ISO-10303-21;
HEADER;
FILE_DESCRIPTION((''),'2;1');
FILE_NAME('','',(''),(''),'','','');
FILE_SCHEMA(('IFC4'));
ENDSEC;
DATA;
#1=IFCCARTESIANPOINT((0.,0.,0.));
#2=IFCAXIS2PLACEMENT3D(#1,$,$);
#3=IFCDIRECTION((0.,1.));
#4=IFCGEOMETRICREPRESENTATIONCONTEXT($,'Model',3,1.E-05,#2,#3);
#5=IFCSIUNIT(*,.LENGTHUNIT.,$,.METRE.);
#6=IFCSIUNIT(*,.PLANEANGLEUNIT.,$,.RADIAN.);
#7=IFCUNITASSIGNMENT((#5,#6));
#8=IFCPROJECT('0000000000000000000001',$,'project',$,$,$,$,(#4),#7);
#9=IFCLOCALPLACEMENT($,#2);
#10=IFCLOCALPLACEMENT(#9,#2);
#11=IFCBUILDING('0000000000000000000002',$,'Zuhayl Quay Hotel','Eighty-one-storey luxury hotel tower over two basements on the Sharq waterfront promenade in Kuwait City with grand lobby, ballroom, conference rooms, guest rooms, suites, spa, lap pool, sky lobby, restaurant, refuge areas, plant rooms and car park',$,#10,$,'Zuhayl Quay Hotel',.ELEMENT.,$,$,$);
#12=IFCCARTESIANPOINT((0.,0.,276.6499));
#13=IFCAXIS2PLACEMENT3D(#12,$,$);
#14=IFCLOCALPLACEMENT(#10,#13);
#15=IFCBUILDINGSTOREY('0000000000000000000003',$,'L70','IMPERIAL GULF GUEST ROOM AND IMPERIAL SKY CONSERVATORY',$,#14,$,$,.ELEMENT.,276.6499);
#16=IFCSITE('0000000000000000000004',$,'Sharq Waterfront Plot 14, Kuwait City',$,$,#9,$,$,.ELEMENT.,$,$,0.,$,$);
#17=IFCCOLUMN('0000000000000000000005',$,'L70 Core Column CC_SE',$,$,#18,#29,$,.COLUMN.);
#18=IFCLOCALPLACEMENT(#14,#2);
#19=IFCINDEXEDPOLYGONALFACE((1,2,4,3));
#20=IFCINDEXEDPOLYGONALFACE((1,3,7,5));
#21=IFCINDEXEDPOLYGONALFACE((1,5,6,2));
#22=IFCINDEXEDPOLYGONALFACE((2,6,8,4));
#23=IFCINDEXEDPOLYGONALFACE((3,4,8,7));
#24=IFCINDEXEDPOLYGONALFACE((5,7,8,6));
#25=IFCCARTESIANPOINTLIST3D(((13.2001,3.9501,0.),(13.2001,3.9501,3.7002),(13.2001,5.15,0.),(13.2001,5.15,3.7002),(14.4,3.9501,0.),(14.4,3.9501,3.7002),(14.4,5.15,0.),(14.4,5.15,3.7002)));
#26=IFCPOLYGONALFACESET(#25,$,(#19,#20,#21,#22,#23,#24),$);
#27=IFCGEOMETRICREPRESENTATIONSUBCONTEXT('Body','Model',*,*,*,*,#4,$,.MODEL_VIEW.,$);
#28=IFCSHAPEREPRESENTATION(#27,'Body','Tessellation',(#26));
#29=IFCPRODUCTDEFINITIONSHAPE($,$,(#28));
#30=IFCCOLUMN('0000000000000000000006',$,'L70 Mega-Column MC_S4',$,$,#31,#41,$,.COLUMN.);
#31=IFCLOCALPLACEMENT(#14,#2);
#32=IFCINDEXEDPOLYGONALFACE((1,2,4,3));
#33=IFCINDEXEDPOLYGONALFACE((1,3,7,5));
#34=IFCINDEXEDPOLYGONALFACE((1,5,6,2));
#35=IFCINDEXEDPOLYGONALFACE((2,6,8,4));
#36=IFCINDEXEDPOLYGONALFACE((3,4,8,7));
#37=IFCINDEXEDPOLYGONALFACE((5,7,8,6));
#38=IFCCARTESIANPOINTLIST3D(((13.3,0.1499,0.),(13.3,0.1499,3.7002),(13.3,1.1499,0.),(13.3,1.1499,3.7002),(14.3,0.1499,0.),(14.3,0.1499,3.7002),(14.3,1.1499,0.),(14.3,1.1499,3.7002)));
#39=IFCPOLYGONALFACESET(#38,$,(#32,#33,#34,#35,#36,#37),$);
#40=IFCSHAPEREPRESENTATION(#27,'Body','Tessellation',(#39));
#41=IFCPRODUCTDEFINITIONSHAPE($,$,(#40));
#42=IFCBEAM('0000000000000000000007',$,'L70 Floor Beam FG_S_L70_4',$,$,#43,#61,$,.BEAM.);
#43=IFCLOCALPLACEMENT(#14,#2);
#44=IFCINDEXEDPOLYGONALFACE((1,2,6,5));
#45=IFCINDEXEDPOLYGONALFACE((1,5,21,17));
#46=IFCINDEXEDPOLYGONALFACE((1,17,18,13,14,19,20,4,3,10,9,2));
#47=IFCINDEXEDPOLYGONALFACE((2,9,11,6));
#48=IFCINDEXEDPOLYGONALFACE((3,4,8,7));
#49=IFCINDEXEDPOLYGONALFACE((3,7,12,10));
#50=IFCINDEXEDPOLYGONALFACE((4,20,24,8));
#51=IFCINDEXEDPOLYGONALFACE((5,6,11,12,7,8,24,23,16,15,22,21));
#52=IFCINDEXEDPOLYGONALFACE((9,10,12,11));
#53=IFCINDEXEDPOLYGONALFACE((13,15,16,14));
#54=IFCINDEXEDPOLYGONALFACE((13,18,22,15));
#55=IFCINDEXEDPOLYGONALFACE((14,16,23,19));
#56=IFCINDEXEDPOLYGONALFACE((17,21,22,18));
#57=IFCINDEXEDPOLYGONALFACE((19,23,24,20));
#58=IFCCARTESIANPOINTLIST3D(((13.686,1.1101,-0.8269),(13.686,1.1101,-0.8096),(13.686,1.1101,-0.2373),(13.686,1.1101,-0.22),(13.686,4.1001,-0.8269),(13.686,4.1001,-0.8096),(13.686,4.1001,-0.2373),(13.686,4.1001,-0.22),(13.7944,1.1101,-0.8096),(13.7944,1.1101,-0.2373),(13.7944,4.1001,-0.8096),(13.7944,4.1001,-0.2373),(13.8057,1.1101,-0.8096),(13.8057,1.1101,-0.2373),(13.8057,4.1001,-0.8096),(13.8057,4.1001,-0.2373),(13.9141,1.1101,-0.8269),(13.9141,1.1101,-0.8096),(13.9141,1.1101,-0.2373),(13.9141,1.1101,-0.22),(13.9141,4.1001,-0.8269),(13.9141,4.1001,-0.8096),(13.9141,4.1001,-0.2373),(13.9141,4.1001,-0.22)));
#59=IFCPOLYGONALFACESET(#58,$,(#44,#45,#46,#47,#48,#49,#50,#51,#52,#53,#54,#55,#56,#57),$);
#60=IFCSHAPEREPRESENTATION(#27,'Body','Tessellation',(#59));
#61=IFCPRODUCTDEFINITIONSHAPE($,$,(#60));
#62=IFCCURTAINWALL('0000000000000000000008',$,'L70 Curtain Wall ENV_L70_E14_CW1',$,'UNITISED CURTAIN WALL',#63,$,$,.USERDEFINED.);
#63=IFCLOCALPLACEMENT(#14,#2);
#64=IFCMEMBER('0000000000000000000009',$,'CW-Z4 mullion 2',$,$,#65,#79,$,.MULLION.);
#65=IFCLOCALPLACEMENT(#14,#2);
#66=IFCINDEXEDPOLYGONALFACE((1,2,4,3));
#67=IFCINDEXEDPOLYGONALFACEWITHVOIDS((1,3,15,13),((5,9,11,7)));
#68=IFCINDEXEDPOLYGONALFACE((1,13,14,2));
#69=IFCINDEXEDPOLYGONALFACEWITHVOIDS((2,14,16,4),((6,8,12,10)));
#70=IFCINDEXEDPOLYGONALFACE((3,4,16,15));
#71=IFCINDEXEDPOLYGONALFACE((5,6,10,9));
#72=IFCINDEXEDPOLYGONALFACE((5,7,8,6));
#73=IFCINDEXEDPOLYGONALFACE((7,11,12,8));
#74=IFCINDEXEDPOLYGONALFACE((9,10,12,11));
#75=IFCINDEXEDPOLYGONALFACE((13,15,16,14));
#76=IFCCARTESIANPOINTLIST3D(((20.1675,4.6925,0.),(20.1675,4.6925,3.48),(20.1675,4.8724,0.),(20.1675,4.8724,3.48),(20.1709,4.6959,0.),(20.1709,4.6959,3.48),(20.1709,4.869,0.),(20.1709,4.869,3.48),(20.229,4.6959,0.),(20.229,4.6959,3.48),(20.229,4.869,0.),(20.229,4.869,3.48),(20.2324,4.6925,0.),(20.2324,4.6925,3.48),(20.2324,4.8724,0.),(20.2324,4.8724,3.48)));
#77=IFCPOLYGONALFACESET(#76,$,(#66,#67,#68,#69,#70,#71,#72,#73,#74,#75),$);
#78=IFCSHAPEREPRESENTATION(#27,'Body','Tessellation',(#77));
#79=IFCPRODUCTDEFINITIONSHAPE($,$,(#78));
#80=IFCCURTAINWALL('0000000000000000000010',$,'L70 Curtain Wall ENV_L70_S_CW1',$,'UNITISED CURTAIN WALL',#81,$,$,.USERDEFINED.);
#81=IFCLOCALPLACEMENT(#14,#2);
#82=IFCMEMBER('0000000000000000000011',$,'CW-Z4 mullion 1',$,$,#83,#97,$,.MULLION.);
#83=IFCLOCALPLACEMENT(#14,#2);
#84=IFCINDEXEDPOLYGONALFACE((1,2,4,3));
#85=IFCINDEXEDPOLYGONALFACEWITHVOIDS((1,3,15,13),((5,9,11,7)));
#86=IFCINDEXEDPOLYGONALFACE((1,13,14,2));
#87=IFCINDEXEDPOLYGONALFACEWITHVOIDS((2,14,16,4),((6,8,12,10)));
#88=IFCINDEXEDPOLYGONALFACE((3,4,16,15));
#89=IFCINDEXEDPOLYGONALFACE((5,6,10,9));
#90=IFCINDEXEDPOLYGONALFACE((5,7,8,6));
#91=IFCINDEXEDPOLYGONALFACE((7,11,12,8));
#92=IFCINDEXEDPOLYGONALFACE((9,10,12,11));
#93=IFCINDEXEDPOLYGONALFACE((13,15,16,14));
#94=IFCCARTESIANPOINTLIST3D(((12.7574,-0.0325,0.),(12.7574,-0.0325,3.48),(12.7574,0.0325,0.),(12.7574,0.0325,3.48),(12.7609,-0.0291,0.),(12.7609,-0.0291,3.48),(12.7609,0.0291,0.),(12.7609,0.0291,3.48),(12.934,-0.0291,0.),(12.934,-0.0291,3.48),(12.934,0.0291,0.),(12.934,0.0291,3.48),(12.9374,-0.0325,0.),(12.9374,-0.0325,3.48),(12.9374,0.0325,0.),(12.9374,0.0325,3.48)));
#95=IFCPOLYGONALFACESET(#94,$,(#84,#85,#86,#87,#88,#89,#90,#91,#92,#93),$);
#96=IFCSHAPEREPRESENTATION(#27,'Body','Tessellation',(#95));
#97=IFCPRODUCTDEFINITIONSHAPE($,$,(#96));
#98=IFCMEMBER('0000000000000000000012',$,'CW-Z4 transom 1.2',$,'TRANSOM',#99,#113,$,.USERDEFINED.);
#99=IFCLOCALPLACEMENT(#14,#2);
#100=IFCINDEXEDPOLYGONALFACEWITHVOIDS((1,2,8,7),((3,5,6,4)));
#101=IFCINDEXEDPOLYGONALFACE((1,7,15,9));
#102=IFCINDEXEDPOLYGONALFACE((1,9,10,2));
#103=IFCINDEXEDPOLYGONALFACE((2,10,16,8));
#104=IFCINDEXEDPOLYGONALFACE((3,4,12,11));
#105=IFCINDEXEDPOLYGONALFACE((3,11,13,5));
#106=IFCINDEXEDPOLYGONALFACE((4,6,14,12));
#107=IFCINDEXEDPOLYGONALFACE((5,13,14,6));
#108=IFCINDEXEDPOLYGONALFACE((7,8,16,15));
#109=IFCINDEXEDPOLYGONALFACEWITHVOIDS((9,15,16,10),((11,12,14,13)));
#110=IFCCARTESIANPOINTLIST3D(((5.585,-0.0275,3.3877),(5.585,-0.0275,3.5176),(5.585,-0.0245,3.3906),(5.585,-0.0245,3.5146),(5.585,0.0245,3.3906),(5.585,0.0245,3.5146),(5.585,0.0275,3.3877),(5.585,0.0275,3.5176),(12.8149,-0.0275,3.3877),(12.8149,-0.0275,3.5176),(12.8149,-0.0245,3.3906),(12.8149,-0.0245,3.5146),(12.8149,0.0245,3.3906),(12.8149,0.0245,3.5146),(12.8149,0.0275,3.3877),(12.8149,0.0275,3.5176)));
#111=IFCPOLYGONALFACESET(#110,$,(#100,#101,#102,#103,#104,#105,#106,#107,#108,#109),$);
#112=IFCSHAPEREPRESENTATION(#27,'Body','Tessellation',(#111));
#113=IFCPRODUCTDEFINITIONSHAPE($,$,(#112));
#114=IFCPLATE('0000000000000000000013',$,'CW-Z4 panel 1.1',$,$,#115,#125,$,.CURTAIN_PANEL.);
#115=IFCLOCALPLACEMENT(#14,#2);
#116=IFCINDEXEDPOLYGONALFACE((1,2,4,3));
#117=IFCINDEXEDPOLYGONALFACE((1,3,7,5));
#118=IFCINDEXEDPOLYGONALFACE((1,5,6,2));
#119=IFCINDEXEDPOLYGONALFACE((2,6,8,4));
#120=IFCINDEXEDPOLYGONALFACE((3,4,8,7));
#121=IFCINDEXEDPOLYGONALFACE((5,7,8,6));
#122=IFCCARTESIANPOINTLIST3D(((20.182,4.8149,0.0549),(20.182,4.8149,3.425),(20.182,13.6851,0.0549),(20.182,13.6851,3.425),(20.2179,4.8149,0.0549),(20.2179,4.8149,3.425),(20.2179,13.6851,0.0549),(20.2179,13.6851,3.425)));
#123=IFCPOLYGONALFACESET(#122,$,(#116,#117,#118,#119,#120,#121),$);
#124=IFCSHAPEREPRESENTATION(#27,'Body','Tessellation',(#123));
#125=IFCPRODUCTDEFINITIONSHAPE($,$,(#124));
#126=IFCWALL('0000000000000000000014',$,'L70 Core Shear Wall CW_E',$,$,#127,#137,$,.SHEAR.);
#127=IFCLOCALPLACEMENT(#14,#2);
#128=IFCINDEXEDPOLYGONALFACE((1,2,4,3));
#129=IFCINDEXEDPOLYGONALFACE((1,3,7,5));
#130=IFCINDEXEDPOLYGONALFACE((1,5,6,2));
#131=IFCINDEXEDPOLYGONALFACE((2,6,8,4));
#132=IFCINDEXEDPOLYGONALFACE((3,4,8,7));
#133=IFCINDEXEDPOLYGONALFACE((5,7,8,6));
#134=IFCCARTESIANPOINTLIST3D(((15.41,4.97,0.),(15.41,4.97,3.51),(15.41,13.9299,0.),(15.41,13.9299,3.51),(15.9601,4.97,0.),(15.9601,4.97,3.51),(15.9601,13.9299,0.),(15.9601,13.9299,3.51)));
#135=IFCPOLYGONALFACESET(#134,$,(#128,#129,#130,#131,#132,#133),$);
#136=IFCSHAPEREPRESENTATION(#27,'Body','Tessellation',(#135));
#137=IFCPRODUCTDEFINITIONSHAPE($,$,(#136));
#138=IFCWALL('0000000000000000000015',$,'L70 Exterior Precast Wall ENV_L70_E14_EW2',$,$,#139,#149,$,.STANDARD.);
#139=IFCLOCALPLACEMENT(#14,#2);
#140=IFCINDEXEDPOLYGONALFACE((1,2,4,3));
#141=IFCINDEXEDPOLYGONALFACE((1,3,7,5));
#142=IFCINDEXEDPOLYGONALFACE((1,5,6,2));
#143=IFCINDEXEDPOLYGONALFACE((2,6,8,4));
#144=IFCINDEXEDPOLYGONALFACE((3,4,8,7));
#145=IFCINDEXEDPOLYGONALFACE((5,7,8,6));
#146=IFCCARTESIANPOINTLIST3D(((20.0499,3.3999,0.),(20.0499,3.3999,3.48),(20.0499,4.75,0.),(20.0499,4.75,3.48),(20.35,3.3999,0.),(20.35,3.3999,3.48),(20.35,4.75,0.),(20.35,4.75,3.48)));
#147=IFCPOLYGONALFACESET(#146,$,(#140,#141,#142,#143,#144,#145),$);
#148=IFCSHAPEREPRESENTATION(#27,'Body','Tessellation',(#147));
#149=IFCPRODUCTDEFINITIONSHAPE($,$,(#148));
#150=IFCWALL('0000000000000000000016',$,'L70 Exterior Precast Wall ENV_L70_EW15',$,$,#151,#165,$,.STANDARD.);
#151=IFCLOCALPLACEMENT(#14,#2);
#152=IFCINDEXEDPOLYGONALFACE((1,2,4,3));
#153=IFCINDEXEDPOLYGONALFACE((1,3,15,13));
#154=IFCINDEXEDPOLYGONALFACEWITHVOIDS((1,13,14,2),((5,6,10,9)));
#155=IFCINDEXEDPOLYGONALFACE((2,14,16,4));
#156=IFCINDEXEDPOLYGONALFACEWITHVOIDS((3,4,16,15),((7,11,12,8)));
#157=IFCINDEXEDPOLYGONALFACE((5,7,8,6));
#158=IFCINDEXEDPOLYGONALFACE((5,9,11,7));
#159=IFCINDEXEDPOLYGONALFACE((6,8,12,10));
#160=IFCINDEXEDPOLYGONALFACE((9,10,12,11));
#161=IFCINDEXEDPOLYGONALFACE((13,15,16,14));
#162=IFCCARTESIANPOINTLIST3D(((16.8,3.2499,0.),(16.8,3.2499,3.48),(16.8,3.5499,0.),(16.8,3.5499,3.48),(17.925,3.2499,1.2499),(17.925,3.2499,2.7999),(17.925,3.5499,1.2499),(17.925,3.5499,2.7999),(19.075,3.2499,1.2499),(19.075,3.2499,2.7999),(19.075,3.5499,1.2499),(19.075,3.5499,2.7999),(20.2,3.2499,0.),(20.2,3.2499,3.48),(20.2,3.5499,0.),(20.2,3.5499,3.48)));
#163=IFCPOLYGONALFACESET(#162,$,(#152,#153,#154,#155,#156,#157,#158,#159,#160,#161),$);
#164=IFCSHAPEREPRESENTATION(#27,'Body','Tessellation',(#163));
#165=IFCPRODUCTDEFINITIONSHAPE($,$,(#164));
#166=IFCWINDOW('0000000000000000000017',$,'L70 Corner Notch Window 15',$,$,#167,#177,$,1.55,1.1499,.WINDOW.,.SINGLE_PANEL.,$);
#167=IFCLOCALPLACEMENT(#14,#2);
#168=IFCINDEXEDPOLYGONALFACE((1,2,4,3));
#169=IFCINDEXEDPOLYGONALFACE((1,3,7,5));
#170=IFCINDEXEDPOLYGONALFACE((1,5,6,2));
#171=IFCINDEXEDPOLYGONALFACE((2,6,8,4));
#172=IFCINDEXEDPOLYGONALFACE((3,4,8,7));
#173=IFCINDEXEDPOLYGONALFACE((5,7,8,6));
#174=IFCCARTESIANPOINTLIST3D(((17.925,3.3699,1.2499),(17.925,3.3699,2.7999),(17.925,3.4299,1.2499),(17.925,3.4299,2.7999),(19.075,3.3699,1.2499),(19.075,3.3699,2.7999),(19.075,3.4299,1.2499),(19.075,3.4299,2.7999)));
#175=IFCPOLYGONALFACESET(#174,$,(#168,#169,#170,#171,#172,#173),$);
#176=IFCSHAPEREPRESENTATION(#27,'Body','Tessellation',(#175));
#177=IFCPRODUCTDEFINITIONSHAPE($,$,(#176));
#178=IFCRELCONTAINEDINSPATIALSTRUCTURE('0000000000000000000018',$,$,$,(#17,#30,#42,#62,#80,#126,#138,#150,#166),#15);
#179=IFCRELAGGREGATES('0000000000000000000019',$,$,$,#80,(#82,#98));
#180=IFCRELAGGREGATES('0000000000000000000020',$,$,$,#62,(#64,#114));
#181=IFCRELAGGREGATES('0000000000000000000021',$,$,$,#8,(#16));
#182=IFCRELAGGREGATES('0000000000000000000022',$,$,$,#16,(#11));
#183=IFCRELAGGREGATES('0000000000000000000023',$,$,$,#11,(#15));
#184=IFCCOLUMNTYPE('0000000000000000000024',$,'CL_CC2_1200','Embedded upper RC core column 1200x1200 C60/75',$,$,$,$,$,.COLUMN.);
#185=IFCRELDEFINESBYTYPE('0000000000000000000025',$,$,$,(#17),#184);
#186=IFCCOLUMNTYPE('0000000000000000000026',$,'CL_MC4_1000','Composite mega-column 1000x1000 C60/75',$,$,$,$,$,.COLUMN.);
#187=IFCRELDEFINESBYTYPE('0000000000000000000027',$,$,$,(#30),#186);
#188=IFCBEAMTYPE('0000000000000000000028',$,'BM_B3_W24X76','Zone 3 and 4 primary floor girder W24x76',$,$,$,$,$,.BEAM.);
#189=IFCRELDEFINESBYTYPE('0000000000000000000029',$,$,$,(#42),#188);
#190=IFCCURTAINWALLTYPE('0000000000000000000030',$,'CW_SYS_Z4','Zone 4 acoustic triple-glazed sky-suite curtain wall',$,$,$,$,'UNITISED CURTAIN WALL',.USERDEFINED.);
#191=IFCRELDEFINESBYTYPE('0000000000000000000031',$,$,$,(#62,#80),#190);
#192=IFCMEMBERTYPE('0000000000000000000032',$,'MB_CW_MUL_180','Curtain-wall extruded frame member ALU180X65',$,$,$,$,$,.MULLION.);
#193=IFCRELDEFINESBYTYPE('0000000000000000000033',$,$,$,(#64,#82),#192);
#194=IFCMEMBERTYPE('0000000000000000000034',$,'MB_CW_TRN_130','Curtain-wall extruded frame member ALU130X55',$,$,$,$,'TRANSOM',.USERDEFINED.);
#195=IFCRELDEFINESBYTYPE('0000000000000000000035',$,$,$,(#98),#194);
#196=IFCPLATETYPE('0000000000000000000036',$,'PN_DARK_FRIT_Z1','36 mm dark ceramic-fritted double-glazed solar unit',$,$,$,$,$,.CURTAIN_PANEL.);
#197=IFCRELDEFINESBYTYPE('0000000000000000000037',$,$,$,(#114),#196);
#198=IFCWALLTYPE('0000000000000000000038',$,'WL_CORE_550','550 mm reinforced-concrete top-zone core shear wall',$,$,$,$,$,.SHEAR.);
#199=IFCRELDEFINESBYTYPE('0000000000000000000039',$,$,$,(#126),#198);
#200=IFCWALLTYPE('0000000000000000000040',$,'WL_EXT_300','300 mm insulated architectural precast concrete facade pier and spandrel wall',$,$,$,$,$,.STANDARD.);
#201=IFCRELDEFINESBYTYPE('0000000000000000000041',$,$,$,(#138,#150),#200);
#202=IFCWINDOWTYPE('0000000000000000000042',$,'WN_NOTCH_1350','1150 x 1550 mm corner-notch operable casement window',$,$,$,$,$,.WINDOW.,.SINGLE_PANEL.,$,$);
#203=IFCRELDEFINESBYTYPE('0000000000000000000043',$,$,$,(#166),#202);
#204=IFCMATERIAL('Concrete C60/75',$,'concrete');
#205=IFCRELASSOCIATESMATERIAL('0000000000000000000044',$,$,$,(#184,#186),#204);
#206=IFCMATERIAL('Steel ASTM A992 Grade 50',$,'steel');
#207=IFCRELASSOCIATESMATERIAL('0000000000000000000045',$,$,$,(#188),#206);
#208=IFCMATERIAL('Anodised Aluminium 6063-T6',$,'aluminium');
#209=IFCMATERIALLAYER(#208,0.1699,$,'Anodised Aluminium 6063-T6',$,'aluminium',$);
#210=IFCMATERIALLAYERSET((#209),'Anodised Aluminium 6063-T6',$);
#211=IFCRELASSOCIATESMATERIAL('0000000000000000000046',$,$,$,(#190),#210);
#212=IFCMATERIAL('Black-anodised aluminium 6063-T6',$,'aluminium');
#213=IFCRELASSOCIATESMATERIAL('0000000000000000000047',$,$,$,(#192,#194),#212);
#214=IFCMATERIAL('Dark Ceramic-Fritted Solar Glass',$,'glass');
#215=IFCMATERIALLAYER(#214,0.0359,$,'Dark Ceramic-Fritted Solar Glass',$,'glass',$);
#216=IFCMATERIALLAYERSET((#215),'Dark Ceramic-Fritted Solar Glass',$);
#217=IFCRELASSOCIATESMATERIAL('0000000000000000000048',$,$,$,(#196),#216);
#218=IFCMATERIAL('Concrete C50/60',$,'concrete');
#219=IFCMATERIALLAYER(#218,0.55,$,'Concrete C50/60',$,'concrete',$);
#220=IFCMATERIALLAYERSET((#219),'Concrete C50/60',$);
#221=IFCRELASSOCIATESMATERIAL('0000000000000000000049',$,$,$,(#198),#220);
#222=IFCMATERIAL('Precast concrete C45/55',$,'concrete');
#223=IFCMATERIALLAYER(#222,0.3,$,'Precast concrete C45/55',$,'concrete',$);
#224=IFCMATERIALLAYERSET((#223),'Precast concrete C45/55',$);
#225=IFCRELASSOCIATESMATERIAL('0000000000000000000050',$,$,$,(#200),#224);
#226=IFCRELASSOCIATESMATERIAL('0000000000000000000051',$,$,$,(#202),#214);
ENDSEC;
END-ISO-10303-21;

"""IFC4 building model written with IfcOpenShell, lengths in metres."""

from ifc_helpers import new_model, si_unit, direction, frame, frame_2d, origin, origin_2d, place, context, subcontext, project, spatial, rectangle, hollow_rectangle, i_section, extrude, material, layer, layer_set, material_profile, profile_set, type_object, element, fill, aggregate, save


model = new_model("IFC4")

# Units and contexts
model_context = context("Model", 3, precision=1e-05, world=origin(), true_north=direction((0.0, 1.0)))
body_context = subcontext(model_context, "Body", "Model", "MODEL_VIEW")
ifc_project = project(units=[si_unit("LENGTHUNIT", "METRE"), si_unit("PLANEANGLEUNIT", "RADIAN")], contexts=[model_context])

# Site, building, storey
site_placement = place(None, origin())
site = spatial("IfcSite", under=ifc_project, at=site_placement, Name="Sharq Waterfront Plot 14, Kuwait City", CompositionType="ELEMENT", RefElevation=0.0)
building_placement = place(site_placement, origin())
building = spatial("IfcBuilding", under=site, at=building_placement, Name="Zuhayl Quay Hotel", Description="Eighty-one-storey luxury hotel tower over two basements on the Sharq waterfront promenade in Kuwait City with grand lobby, ballroom, conference rooms, guest rooms, suites, spa, lap pool, sky lobby, restaurant, refuge areas, plant rooms and car park", LongName="Zuhayl Quay Hotel", CompositionType="ELEMENT")
storey_placement = place(building_placement, frame((0.0, 0.0, 276.6499)))
storey = spatial("IfcBuildingStorey", under=building, at=storey_placement, Name="L70", Description="IMPERIAL GULF GUEST ROOM AND IMPERIAL SKY CONSERVATORY", CompositionType="ELEMENT", Elevation=276.6499)

# Columns
ifc_material_1 = material(Name="Concrete C60/75", Category="concrete")
ifc_material_profile_1 = material_profile(ifc_material_1, rectangle(XDim=1.2, YDim=1.2, at=origin_2d()), Name="RC1200X1200")
ifc_profile_set_1 = profile_set([ifc_material_profile_1], Name="Concrete C60/75")
column_type_1 = type_object("IfcColumnType", Name="CL_CC2_1200", Description="Embedded upper RC core column 1200x1200 C60/75", PredefinedType="COLUMN", material=ifc_profile_set_1)
column_1_placement = place(storey_placement, frame((13.8, 4.55, 0.0), z_axis=(0.0, 0.0, 1.0), x_axis=(1.0, 0.0, 0.0)))
element("IfcColumn", 1, at=column_1_placement, inside=storey, type_object=column_type_1, Name="L70 Core Column CC_SE", PredefinedType="COLUMN", context=body_context, shape_type="SweptSolid", body=[
    extrude(rectangle(XDim=1.2, YDim=1.2, at=origin_2d()), origin(), (0.0, 0.0, 1.0), 3.7002),
])
ifc_material_profile_2 = material_profile(ifc_material_1, rectangle(XDim=1.0, YDim=1.0, at=origin_2d()), Name="RC1000X1000")
ifc_profile_set_2 = profile_set([ifc_material_profile_2], Name="Concrete C60/75")
column_type_2 = type_object("IfcColumnType", Name="CL_MC4_1000", Description="Composite mega-column 1000x1000 C60/75", PredefinedType="COLUMN", material=ifc_profile_set_2)
column_2_placement = place(storey_placement, frame((13.8, 0.6499, 0.0), z_axis=(0.0, 0.0, 1.0), x_axis=(1.0, 0.0, 0.0)))
element("IfcColumn", 2, at=column_2_placement, inside=storey, type_object=column_type_2, Name="L70 Mega-Column MC_S4", PredefinedType="COLUMN", context=body_context, shape_type="SweptSolid", body=[
    extrude(rectangle(XDim=1.0, YDim=1.0, at=origin_2d()), origin(), (0.0, 0.0, 1.0), 3.7002),
])

# Beam
ifc_material_2 = material(Name="Steel ASTM A992 Grade 50", Category="steel")
ifc_material_profile_3 = material_profile(ifc_material_2, i_section(OverallWidth=0.228, OverallDepth=0.6069, WebThickness=0.0112, FlangeThickness=0.0173, at=origin_2d()), Name="W24X76")
ifc_profile_set_3 = profile_set([ifc_material_profile_3], Name="Steel ASTM A992 Grade 50")
beam_type = type_object("IfcBeamType", Name="BM_B3_W24X76", Description="Zone 3 and 4 primary floor girder W24x76", PredefinedType="BEAM", material=ifc_profile_set_3)
beam_placement = place(storey_placement, frame((13.8, 1.1101, -0.5234), z_axis=(0.0, 1.0, 0.0), x_axis=(-1.0, 0.0, 0.0)))
element("IfcBeam", 3, at=beam_placement, inside=storey, type_object=beam_type, Name="L70 Floor Beam FG_S_L70_4", PredefinedType="BEAM", context=body_context, shape_type="SweptSolid", body=[
    extrude(i_section(OverallWidth=0.228, OverallDepth=0.6069, WebThickness=0.0112, FlangeThickness=0.0173, at=origin_2d()), origin(), (0.0, 0.0, 1.0), 2.99),
])

# Curtain wall, member
ifc_material_3 = material(Name="Anodised Aluminium 6063-T6", Category="aluminium")
ifc_layer_1 = layer(ifc_material_3, 0.1699, Name="Anodised Aluminium 6063-T6", Category="aluminium")
ifc_layer_set_1 = layer_set([ifc_layer_1], Name="Anodised Aluminium 6063-T6")
curtain_wall_type = type_object("IfcCurtainWallType", Name="CW_SYS_Z4", Description="Zone 4 acoustic triple-glazed sky-suite curtain wall", ElementType="UNITISED CURTAIN WALL", PredefinedType="USERDEFINED", material=ifc_layer_set_1)
curtain_wall_1_placement = place(storey_placement, origin())
curtain_wall_1 = element("IfcCurtainWall", 4, at=curtain_wall_1_placement, inside=storey, type_object=curtain_wall_type, Name="L70 Curtain Wall ENV_L70_E14_CW1", ObjectType="UNITISED CURTAIN WALL", PredefinedType="USERDEFINED")
ifc_material_4 = material(Name="Black-anodised aluminium 6063-T6", Category="aluminium")
ifc_material_profile_4 = material_profile(ifc_material_4, hollow_rectangle(XDim=0.0649, YDim=0.1799, WallThickness=0.0034, at=origin_2d()), Name="ALU180X65")
ifc_profile_set_4 = profile_set([ifc_material_profile_4], Name="Black-anodised aluminium 6063-T6")
member_type_1 = type_object("IfcMemberType", Name="MB_CW_MUL_180", Description="Curtain-wall extruded frame member ALU180X65", PredefinedType="MULLION", material=ifc_profile_set_4)
member_1_placement = place(storey_placement, frame((20.2, 4.7825, 0.0), z_axis=(0.0, 0.0, 1.0), x_axis=(1.0, 0.0, 0.0)))
member_1 = element("IfcMember", 5, at=member_1_placement, type_object=member_type_1, Name="CW-Z4 mullion 2", PredefinedType="MULLION", context=body_context, shape_type="SweptSolid", body=[
    extrude(hollow_rectangle(XDim=0.0649, YDim=0.1799, WallThickness=0.0034, at=origin_2d()), origin(), (0.0, 0.0, 1.0), 3.48),
])

# Curtain wall, members
curtain_wall_2_placement = place(storey_placement, origin())
curtain_wall_2 = element("IfcCurtainWall", 6, at=curtain_wall_2_placement, inside=storey, type_object=curtain_wall_type, Name="L70 Curtain Wall ENV_L70_S_CW1", ObjectType="UNITISED CURTAIN WALL", PredefinedType="USERDEFINED")
member_2_placement = place(storey_placement, frame((12.8474, 0.0, 0.0), z_axis=(0.0, 0.0, 1.0), x_axis=(0.0, -1.0, 0.0)))
member_2 = element("IfcMember", 7, at=member_2_placement, type_object=member_type_1, Name="CW-Z4 mullion 1", PredefinedType="MULLION", context=body_context, shape_type="SweptSolid", body=[
    extrude(hollow_rectangle(XDim=0.0649, YDim=0.1799, WallThickness=0.0034, at=origin_2d()), origin(), (0.0, 0.0, 1.0), 3.48),
])
ifc_material_profile_5 = material_profile(ifc_material_4, hollow_rectangle(XDim=0.0549, YDim=0.1299, WallThickness=0.0029, at=origin_2d()), Name="ALU130X55")
ifc_profile_set_5 = profile_set([ifc_material_profile_5], Name="Black-anodised aluminium 6063-T6")
member_type_2 = type_object("IfcMemberType", Name="MB_CW_TRN_130", Description="Curtain-wall extruded frame member ALU130X55", ElementType="TRANSOM", PredefinedType="USERDEFINED", material=ifc_profile_set_5)
member_3_placement = place(storey_placement, frame((12.8149, 0.0, 3.4526), z_axis=(-1.0, 0.0, 0.0), x_axis=(0.0, -1.0, 0.0)))
member_3 = element("IfcMember", 8, at=member_3_placement, type_object=member_type_2, Name="CW-Z4 transom 1.2", ObjectType="TRANSOM", PredefinedType="USERDEFINED", context=body_context, shape_type="SweptSolid", body=[
    extrude(hollow_rectangle(XDim=0.0549, YDim=0.1299, WallThickness=0.0029, at=origin_2d()), origin(), (0.0, 0.0, 1.0), 7.23),
])
aggregate(curtain_wall_2, [member_2, member_3])

# Plate
ifc_material_5 = material(Name="Dark Ceramic-Fritted Solar Glass", Category="glass")
ifc_layer_2 = layer(ifc_material_5, 0.0359, Name="Dark Ceramic-Fritted Solar Glass", Category="glass")
ifc_layer_set_2 = layer_set([ifc_layer_2], Name="Dark Ceramic-Fritted Solar Glass")
plate_type = type_object("IfcPlateType", Name="PN_DARK_FRIT_Z1", Description="36 mm dark ceramic-fritted double-glazed solar unit", PredefinedType="CURTAIN_PANEL", material=ifc_layer_set_2)
plate_placement = place(storey_placement, frame((20.2, 9.25, 0.0549), z_axis=(0.0, 0.0, 1.0), x_axis=(0.0, -1.0, 0.0)))
plate = element("IfcPlate", 9, at=plate_placement, type_object=plate_type, Name="CW-Z4 panel 1.1", PredefinedType="CURTAIN_PANEL", context=body_context, shape_type="SweptSolid", body=[
    extrude(rectangle(XDim=8.8701, YDim=0.0359, at=origin_2d()), origin(), (0.0, 0.0, 1.0), 3.3701),
])
aggregate(curtain_wall_1, [member_1, plate])

# Walls
ifc_material_6 = material(Name="Concrete C50/60", Category="concrete")
ifc_layer_3 = layer(ifc_material_6, 0.55, Name="Concrete C50/60", Category="concrete")
ifc_layer_set_3 = layer_set([ifc_layer_3], Name="Concrete C50/60")
wall_type_1 = type_object("IfcWallType", Name="WL_CORE_550", Description="550 mm reinforced-concrete top-zone core shear wall", PredefinedType="SHEAR", material=ifc_layer_set_3)
wall_1_placement = place(storey_placement, frame((15.6851, 4.97, 0.0), z_axis=(0.0, 0.0, 1.0), x_axis=(0.0, 1.0, 0.0)))
element("IfcWall", 10, at=wall_1_placement, inside=storey, type_object=wall_type_1, Name="L70 Core Shear Wall CW_E", PredefinedType="SHEAR", context=body_context, shape_type="SweptSolid", body=[
    extrude(rectangle(XDim=8.96, YDim=0.55, at=frame_2d((4.48, 0.0))), origin(), (0.0, 0.0, 1.0), 3.51),
])
ifc_material_7 = material(Name="Precast concrete C45/55", Category="concrete")
ifc_layer_4 = layer(ifc_material_7, 0.3, Name="Precast concrete C45/55", Category="concrete")
ifc_layer_set_4 = layer_set([ifc_layer_4], Name="Precast concrete C45/55")
wall_type_2 = type_object("IfcWallType", Name="WL_EXT_300", Description="300 mm insulated architectural precast concrete facade pier and spandrel wall", PredefinedType="STANDARD", material=ifc_layer_set_4)
wall_2_placement = place(storey_placement, frame((20.2, 4.75, 0.0), z_axis=(0.0, 0.0, 1.0), x_axis=(0.0, -1.0, 0.0)))
element("IfcWall", 11, at=wall_2_placement, inside=storey, type_object=wall_type_2, Name="L70 Exterior Precast Wall ENV_L70_E14_EW2", PredefinedType="STANDARD", context=body_context, shape_type="SweptSolid", body=[
    extrude(rectangle(XDim=1.3501, YDim=0.3, at=frame_2d((0.675, 0.0))), origin(), (0.0, 0.0, 1.0), 3.48),
])

# Wall, opening, window
wall_3_placement = place(storey_placement, frame((20.2, 3.3999, 0.0), z_axis=(0.0, 0.0, 1.0), x_axis=(-1.0, 0.0, 0.0)))
wall_3 = element("IfcWall", 12, at=wall_3_placement, inside=storey, type_object=wall_type_2, Name="L70 Exterior Precast Wall ENV_L70_EW15", PredefinedType="STANDARD", context=body_context, shape_type="SweptSolid", body=[
    extrude(rectangle(XDim=3.3999, YDim=0.3, at=frame_2d((1.7, 0.0))), origin(), (0.0, 0.0, 1.0), 3.48),
])
opening_1_placement = place(wall_3_placement, frame((1.125, 0.0, 1.25)))
opening_1 = element("IfcOpeningElement", 13, at=opening_1_placement, cuts=wall_3, PredefinedType="OPENING", context=body_context, shape_type="SweptSolid", body=[
    extrude(rectangle(XDim=1.1499, YDim=1.55, at=frame_2d((0.575, 0.7749))), frame((0.0, 0.1599, 0.0), z_axis=(0.0, -1.0, 0.0), x_axis=(1.0, 0.0, 0.0)), (0.0, 0.0, 1.0), 0.3201),
])
window_type = type_object("IfcWindowType", Name="WN_NOTCH_1350", Description="1150 x 1550 mm corner-notch operable casement window", PartitioningType="SINGLE_PANEL", PredefinedType="WINDOW", material=ifc_material_5)
window_1_placement = place(opening_1_placement, origin())
window_1 = element("IfcWindow", 14, at=window_1_placement, inside=storey, type_object=window_type, Name="L70 Corner Notch Window 15", OverallHeight=1.55, OverallWidth=1.1499, PartitioningType="SINGLE_PANEL", PredefinedType="WINDOW", context=body_context, shape_type="SweptSolid", body=[
    extrude(rectangle(XDim=1.1499, YDim=1.55, at=frame_2d((0.575, 0.7749))), frame((0.0, 0.03, 0.0), z_axis=(0.0, -1.0, 0.0), x_axis=(1.0, 0.0, 0.0)), (0.0, 0.0, 1.0), 0.0601),
])
fill(opening_1, window_1)

save(model, "model.ifc")
